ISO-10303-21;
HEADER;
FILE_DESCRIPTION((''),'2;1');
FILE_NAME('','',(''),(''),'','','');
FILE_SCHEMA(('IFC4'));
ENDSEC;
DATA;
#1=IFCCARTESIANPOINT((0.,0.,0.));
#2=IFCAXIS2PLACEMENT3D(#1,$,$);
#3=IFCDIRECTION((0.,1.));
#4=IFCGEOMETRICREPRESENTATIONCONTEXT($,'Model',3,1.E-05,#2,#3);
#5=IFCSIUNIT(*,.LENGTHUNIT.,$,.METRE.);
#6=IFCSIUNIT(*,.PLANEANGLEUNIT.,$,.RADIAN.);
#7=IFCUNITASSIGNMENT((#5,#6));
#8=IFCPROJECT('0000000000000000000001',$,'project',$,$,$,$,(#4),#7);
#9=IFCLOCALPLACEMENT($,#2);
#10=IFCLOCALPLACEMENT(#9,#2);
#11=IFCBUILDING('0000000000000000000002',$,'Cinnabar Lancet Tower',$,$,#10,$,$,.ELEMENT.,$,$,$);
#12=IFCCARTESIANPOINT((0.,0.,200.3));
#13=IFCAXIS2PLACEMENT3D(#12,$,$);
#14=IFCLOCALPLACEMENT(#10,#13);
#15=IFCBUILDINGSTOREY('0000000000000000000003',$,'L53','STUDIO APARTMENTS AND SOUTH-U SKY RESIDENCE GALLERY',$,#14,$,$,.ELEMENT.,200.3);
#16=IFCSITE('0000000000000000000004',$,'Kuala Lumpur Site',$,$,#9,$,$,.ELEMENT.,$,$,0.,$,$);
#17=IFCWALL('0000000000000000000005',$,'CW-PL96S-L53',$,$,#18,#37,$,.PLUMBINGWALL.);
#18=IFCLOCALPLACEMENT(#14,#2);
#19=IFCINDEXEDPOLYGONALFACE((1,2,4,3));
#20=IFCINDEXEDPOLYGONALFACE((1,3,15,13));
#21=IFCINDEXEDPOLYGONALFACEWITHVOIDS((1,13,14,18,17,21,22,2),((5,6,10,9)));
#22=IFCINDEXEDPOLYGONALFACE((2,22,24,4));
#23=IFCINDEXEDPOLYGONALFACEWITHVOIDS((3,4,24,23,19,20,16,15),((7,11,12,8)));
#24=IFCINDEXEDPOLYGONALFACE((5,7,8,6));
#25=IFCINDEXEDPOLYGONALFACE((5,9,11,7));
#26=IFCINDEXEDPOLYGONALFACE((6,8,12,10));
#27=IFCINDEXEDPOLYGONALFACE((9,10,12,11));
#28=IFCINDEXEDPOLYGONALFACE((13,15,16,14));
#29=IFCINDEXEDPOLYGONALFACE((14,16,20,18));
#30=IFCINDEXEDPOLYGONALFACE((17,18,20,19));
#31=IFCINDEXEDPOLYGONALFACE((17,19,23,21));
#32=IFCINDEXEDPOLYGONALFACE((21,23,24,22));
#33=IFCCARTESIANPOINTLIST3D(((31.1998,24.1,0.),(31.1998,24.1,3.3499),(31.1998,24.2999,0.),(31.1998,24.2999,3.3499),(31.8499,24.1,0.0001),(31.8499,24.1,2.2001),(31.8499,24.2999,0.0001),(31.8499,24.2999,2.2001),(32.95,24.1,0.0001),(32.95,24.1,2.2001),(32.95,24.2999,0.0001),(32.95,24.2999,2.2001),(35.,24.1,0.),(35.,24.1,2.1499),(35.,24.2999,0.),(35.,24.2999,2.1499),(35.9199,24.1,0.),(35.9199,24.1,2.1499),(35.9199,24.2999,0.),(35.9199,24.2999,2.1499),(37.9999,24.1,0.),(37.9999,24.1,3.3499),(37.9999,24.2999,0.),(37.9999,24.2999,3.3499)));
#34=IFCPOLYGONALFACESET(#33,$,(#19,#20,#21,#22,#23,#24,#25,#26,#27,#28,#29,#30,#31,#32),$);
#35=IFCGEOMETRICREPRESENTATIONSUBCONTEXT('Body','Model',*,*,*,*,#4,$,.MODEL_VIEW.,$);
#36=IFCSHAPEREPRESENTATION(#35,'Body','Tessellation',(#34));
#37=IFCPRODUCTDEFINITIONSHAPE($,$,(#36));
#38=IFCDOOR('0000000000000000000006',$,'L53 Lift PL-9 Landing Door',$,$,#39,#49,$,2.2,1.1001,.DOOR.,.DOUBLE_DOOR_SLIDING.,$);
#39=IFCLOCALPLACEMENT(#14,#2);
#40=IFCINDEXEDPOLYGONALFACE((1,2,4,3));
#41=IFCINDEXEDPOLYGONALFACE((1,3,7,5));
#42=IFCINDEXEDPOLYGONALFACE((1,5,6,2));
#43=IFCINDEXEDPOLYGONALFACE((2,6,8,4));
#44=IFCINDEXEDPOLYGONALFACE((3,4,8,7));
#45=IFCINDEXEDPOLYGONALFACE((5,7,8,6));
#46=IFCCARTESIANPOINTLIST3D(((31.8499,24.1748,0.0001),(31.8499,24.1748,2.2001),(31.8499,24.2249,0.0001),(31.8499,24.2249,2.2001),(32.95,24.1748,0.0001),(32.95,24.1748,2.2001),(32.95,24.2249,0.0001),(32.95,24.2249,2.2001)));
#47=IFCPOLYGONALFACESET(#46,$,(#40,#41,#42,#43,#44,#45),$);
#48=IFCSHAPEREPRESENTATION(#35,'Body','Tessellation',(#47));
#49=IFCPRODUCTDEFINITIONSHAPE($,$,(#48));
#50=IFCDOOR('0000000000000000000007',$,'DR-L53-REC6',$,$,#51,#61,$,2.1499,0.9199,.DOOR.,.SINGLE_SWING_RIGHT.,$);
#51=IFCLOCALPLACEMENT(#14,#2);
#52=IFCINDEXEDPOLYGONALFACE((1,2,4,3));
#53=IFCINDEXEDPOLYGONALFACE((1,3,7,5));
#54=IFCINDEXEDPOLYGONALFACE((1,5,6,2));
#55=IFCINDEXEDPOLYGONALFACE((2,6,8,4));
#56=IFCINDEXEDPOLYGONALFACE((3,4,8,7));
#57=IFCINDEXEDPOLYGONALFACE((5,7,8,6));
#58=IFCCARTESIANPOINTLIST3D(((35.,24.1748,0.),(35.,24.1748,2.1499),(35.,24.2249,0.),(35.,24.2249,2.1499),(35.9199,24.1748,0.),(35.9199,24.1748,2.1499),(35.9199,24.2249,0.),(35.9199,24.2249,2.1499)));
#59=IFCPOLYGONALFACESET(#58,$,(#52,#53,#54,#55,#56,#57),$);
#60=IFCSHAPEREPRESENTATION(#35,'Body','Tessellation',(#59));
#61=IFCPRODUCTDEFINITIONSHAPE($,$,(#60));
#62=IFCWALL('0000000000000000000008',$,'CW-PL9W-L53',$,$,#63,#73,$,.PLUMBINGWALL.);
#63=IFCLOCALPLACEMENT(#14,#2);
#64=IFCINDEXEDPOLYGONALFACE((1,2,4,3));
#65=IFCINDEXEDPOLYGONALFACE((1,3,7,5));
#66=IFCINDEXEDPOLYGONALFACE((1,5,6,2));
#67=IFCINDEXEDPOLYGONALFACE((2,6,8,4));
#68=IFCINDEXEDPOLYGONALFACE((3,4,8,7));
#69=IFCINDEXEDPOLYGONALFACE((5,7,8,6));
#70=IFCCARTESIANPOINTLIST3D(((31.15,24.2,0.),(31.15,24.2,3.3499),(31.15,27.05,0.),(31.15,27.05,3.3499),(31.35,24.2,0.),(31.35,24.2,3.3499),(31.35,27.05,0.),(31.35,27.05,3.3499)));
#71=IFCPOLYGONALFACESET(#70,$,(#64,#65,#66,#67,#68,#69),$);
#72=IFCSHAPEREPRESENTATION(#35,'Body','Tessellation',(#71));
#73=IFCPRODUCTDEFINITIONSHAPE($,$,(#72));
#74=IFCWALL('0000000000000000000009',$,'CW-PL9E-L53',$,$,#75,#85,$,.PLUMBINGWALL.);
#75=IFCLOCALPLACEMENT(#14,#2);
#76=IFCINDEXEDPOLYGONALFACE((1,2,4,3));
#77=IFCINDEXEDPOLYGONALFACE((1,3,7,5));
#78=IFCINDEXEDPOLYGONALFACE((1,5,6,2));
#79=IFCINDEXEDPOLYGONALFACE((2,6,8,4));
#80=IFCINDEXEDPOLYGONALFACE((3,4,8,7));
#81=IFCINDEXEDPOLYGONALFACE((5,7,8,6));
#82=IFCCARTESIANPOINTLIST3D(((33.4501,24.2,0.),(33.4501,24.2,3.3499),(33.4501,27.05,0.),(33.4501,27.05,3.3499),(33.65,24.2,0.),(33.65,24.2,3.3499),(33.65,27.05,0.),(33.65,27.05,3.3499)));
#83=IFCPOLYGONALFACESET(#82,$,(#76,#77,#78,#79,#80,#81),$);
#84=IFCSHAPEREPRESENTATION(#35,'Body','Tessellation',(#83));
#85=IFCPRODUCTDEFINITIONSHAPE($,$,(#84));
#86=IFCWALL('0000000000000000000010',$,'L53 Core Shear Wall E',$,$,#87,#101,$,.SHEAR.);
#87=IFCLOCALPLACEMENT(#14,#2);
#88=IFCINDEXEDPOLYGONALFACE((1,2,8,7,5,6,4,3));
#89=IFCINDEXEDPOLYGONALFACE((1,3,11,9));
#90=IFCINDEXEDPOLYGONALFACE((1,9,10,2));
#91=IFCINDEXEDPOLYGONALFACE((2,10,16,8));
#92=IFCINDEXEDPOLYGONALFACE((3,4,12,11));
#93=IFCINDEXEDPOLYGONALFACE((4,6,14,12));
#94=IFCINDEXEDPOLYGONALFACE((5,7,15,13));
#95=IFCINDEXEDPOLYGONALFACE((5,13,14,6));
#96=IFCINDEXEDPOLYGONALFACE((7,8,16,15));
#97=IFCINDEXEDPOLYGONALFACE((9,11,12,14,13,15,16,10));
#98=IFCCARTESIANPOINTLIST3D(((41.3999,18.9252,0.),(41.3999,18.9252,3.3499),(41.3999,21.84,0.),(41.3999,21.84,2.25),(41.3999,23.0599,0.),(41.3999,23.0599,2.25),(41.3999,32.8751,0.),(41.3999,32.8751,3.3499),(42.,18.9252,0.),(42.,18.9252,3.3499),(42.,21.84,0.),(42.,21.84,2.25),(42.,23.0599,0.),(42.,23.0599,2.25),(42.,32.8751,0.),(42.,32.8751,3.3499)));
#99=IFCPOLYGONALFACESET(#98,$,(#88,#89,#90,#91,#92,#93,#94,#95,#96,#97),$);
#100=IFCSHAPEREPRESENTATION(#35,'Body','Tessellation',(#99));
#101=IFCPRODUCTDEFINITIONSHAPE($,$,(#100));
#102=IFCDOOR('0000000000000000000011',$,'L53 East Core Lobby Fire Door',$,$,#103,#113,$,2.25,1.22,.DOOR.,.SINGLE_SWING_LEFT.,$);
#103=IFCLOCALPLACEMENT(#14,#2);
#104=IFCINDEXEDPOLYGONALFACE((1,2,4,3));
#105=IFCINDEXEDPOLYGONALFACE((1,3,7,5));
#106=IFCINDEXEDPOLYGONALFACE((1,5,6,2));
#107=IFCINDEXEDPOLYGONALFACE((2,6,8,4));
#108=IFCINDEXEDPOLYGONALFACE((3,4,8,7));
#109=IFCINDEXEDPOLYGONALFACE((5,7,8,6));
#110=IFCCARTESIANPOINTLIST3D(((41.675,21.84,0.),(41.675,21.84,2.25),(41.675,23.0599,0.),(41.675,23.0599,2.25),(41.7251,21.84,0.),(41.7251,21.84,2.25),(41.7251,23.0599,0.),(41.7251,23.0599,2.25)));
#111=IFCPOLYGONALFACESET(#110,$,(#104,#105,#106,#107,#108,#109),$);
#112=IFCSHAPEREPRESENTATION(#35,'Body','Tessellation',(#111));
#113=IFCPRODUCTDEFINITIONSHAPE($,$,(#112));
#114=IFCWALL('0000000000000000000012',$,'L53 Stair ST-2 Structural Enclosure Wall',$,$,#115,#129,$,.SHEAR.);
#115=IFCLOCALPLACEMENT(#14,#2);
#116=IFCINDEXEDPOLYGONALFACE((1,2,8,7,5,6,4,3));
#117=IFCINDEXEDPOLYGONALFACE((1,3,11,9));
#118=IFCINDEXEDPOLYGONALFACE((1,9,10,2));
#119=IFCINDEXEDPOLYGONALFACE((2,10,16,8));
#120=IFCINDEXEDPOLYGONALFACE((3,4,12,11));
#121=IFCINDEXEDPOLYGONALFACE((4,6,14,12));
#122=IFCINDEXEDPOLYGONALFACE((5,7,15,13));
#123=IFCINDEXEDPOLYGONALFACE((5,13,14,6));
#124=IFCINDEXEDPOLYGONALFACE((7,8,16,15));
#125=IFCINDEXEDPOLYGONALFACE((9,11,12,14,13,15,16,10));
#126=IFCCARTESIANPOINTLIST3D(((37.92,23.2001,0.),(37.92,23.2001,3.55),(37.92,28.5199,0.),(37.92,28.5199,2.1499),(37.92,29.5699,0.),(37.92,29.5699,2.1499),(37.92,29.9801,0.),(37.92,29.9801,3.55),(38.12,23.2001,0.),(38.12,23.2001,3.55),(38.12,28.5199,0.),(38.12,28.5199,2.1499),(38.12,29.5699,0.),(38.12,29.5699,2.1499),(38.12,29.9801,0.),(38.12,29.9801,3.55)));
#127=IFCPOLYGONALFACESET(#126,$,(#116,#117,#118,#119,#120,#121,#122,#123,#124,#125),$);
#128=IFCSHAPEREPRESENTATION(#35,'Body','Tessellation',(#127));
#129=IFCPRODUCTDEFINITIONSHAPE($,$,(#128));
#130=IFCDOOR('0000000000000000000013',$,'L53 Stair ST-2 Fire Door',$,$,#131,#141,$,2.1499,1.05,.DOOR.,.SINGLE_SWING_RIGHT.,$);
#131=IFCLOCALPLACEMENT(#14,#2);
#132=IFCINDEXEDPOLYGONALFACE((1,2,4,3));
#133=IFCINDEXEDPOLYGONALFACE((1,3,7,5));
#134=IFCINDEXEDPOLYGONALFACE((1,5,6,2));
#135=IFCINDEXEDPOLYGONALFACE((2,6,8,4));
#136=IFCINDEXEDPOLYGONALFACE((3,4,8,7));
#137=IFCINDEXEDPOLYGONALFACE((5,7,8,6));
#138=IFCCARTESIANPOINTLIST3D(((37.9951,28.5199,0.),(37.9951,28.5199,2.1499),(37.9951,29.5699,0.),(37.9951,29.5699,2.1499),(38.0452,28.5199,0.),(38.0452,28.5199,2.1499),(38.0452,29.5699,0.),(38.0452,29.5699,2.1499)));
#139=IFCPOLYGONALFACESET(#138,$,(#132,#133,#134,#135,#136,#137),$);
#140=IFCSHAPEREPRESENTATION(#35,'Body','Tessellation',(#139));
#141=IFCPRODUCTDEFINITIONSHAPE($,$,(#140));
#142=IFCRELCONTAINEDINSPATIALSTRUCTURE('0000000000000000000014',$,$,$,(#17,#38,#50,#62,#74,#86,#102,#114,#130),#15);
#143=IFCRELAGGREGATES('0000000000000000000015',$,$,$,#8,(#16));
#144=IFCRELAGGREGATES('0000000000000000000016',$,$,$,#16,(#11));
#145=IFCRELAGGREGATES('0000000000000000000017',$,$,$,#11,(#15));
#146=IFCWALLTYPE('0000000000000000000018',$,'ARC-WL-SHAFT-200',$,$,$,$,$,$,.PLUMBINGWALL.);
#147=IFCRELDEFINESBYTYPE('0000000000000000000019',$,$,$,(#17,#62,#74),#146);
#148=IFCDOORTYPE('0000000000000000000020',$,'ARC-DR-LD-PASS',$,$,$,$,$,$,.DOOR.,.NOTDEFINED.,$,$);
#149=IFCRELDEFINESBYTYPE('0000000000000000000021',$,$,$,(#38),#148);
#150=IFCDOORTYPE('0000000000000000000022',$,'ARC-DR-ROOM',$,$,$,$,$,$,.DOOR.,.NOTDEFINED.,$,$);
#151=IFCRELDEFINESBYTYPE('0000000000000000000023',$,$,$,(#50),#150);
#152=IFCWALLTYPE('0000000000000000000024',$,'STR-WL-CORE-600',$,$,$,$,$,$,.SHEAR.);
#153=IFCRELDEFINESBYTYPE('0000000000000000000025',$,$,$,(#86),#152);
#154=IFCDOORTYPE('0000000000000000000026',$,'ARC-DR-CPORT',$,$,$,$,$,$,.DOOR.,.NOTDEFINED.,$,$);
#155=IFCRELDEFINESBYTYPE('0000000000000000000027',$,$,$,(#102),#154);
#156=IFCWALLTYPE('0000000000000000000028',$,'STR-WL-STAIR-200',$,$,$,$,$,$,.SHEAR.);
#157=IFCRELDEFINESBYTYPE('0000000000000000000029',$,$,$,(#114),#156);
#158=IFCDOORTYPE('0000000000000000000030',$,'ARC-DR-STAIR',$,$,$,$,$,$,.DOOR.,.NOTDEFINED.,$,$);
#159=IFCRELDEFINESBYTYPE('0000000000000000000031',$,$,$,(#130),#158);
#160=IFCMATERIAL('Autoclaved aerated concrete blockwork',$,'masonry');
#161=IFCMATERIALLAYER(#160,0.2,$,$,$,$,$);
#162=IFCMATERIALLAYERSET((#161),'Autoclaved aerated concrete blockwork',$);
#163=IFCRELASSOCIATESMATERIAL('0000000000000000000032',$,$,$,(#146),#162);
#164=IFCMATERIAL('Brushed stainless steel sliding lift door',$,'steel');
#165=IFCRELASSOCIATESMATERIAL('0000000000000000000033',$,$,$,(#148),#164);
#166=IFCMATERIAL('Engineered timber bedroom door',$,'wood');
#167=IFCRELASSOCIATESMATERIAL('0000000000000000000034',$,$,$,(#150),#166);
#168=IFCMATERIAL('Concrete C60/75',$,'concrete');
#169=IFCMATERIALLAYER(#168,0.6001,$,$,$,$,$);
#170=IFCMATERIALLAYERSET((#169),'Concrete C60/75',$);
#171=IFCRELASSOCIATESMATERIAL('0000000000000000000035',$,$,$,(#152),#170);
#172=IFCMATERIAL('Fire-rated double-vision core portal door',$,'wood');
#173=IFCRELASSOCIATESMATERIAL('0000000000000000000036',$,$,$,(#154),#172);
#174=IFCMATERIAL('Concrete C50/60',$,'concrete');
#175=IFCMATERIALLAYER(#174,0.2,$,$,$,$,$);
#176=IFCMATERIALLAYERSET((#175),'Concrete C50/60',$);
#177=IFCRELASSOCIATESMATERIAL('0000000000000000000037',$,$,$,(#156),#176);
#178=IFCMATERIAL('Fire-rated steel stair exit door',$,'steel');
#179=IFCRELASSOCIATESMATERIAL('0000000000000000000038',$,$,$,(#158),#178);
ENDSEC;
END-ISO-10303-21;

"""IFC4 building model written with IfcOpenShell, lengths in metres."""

from ifc_helpers import new_model, si_unit, direction, frame, frame_2d, origin, place, context, subcontext, project, spatial, rectangle, extrude, material, layer, layer_set, type_object, element, fill, save


model = new_model("IFC4")

# Units and contexts
model_context = context("Model", 3, precision=1e-05, world=origin(), true_north=direction((0.0, 1.0)))
body_context = subcontext(model_context, "Body", "Model", "MODEL_VIEW")
ifc_project = project(units=[si_unit("LENGTHUNIT", "METRE"), si_unit("PLANEANGLEUNIT", "RADIAN")], contexts=[model_context])

# Site, building, storey
site_placement = place(None, origin())
site = spatial("IfcSite", under=ifc_project, at=site_placement, Name="Kuala Lumpur Site", CompositionType="ELEMENT", RefElevation=0.0)
building_placement = place(site_placement, origin())
building = spatial("IfcBuilding", under=site, at=building_placement, Name="Cinnabar Lancet Tower", CompositionType="ELEMENT")
storey_placement = place(building_placement, frame((0.0, 0.0, 200.3)))
storey = spatial("IfcBuildingStorey", under=building, at=storey_placement, Name="L53", Description="STUDIO APARTMENTS AND SOUTH-U SKY RESIDENCE GALLERY", CompositionType="ELEMENT", Elevation=200.3)

# Shared definitions
ifc_material_1 = material(Name="Autoclaved aerated concrete blockwork", Category="masonry")
ifc_layer_1 = layer(ifc_material_1, 0.2)
ifc_layer_set_1 = layer_set([ifc_layer_1], Name="Autoclaved aerated concrete blockwork")
wall_type_1 = type_object("IfcWallType", Name="ARC-WL-SHAFT-200", PredefinedType="PLUMBINGWALL", material=ifc_layer_set_1)

# Wall, openings, doors
wall_1_placement = place(storey_placement, frame((31.2, 24.2, 0.0), z_axis=(0.0, 0.0, 1.0), x_axis=(1.0, 0.0, 0.0)))
wall_1 = element("IfcWall", 1, at=wall_1_placement, inside=storey, type_object=wall_type_1, Name="CW-PL96S-L53", PredefinedType="PLUMBINGWALL", context=body_context, shape_type="SweptSolid", body=[
    extrude(rectangle(XDim=6.8, YDim=0.2, at=frame_2d((3.3999, 0.0))), origin(), (0.0, 0.0, 1.0), 3.3499),
])
opening_1_placement = place(wall_1_placement, frame((0.6499, 0.0, 0.0)))
opening_1 = element("IfcOpeningElement", 2, at=opening_1_placement, cuts=wall_1, PredefinedType="OPENING", context=body_context, shape_type="SweptSolid", body=[
    extrude(rectangle(XDim=1.1001, YDim=2.2, at=frame_2d((0.55, 1.1001))), frame((0.0, 0.1099, 0.0), z_axis=(0.0, -1.0, 0.0), x_axis=(1.0, 0.0, 0.0)), (0.0, 0.0, 1.0), 0.22),
])
opening_2_placement = place(wall_1_placement, frame((3.8, 0.0, 0.0)))
opening_2 = element("IfcOpeningElement", 3, at=opening_2_placement, cuts=wall_1, PredefinedType="OPENING", context=body_context, shape_type="SweptSolid", body=[
    extrude(rectangle(XDim=0.9199, YDim=2.1499, at=frame_2d((0.46, 1.075))), frame((0.0, 0.1099, 0.0), z_axis=(0.0, -1.0, 0.0), x_axis=(1.0, 0.0, 0.0)), (0.0, 0.0, 1.0), 0.22),
])
ifc_material_2 = material(Name="Brushed stainless steel sliding lift door", Category="steel")
door_type_1 = type_object("IfcDoorType", Name="ARC-DR-LD-PASS", OperationType="NOTDEFINED", PredefinedType="DOOR", material=ifc_material_2)
door_1_placement = place(opening_1_placement, origin())
door_1 = element("IfcDoor", 4, at=door_1_placement, inside=storey, type_object=door_type_1, Name="L53 Lift PL-9 Landing Door", OperationType="DOUBLE_DOOR_SLIDING", OverallHeight=2.2, OverallWidth=1.1001, PredefinedType="DOOR", context=body_context, shape_type="SweptSolid", body=[
    extrude(rectangle(XDim=1.1001, YDim=2.2, at=frame_2d((0.55, 1.1001))), frame((0.0, 0.0249, 0.0), z_axis=(0.0, -1.0, 0.0), x_axis=(1.0, 0.0, 0.0)), (0.0, 0.0, 1.0), 0.05),
])
fill(opening_1, door_1)
ifc_material_3 = material(Name="Engineered timber bedroom door", Category="wood")
door_type_2 = type_object("IfcDoorType", Name="ARC-DR-ROOM", OperationType="NOTDEFINED", PredefinedType="DOOR", material=ifc_material_3)
door_2_placement = place(opening_2_placement, origin())
door_2 = element("IfcDoor", 5, at=door_2_placement, inside=storey, type_object=door_type_2, Name="DR-L53-REC6", OperationType="SINGLE_SWING_RIGHT", OverallHeight=2.1499, OverallWidth=0.9199, PredefinedType="DOOR", context=body_context, shape_type="SweptSolid", body=[
    extrude(rectangle(XDim=0.9199, YDim=2.1499, at=frame_2d((0.46, 1.075))), frame((0.0, 0.0249, 0.0), z_axis=(0.0, -1.0, 0.0), x_axis=(1.0, 0.0, 0.0)), (0.0, 0.0, 1.0), 0.05),
])
fill(opening_2, door_2)

# Walls
for number, where, z_axis, x_axis, name in (
    (6, (31.25, 24.2, 0.0), (0.0, 0.0, 1.0), (0.0, 1.0, 0.0), "CW-PL9W-L53"),
    (7, (33.55, 24.2, 0.0), (0.0, 0.0, 1.0), (0.0, 1.0, 0.0), "CW-PL9E-L53"),
):
    element("IfcWall", number, at=place(storey_placement, frame(where, z_axis=z_axis, x_axis=x_axis)), inside=storey, type_object=wall_type_1, Name=name, PredefinedType="PLUMBINGWALL", context=body_context, shape_type="SweptSolid", body=[
        extrude(rectangle(XDim=2.8501, YDim=0.2, at=frame_2d((1.425, 0.0))), origin(), (0.0, 0.0, 1.0), 3.3499),
    ])

# Walls, openings, doors
ifc_material_4 = material(Name="Concrete C60/75", Category="concrete")
ifc_layer_2 = layer(ifc_material_4, 0.6001)
ifc_layer_set_2 = layer_set([ifc_layer_2], Name="Concrete C60/75")
wall_type_2 = type_object("IfcWallType", Name="STR-WL-CORE-600", PredefinedType="SHEAR", material=ifc_layer_set_2)
wall_2_placement = place(storey_placement, frame((41.7, 18.925, 0.0), z_axis=(0.0, 0.0, 1.0), x_axis=(0.0, 1.0, 0.0)))
wall_2 = element("IfcWall", 8, at=wall_2_placement, inside=storey, type_object=wall_type_2, Name="L53 Core Shear Wall E", PredefinedType="SHEAR", context=body_context, shape_type="SweptSolid", body=[
    extrude(rectangle(XDim=13.95, YDim=0.6001, at=frame_2d((6.9751, 0.0))), origin(), (0.0, 0.0, 1.0), 3.3499),
])
opening_3_placement = place(wall_2_placement, frame((2.915, 0.0, 0.0)))
opening_3 = element("IfcOpeningElement", 9, at=opening_3_placement, cuts=wall_2, PredefinedType="OPENING", context=body_context, shape_type="SweptSolid", body=[
    extrude(rectangle(XDim=1.22, YDim=2.25, at=frame_2d((0.6099, 1.125))), frame((0.0, 0.3101, 0.0), z_axis=(0.0, -1.0, 0.0), x_axis=(1.0, 0.0, 0.0)), (0.0, 0.0, 1.0), 0.6201),
])
ifc_material_5 = material(Name="Fire-rated double-vision core portal door", Category="wood")
door_type_3 = type_object("IfcDoorType", Name="ARC-DR-CPORT", OperationType="NOTDEFINED", PredefinedType="DOOR", material=ifc_material_5)
door_3_placement = place(opening_3_placement, origin())
door_3 = element("IfcDoor", 10, at=door_3_placement, inside=storey, type_object=door_type_3, Name="L53 East Core Lobby Fire Door", OperationType="SINGLE_SWING_LEFT", OverallHeight=2.25, OverallWidth=1.22, PredefinedType="DOOR", context=body_context, shape_type="SweptSolid", body=[
    extrude(rectangle(XDim=1.22, YDim=2.25, at=frame_2d((0.6099, 1.125))), frame((0.0, 0.0249, 0.0), z_axis=(0.0, -1.0, 0.0), x_axis=(1.0, 0.0, 0.0)), (0.0, 0.0, 1.0), 0.05),
])
fill(opening_3, door_3)
ifc_material_6 = material(Name="Concrete C50/60", Category="concrete")
ifc_layer_3 = layer(ifc_material_6, 0.2)
ifc_layer_set_3 = layer_set([ifc_layer_3], Name="Concrete C50/60")
wall_type_3 = type_object("IfcWallType", Name="STR-WL-STAIR-200", PredefinedType="SHEAR", material=ifc_layer_set_3)
wall_3_placement = place(storey_placement, frame((38.02, 23.2, 0.0), z_axis=(0.0, 0.0, 1.0), x_axis=(0.0, 1.0, 0.0)))
wall_3 = element("IfcWall", 11, at=wall_3_placement, inside=storey, type_object=wall_type_3, Name="L53 Stair ST-2 Structural Enclosure Wall", PredefinedType="SHEAR", context=body_context, shape_type="SweptSolid", body=[
    extrude(rectangle(XDim=6.78, YDim=0.2, at=frame_2d((3.3901, 0.0))), origin(), (0.0, 0.0, 1.0), 3.55),
])
opening_4_placement = place(wall_3_placement, frame((5.3201, 0.0, 0.0)))
opening_4 = element("IfcOpeningElement", 12, at=opening_4_placement, cuts=wall_3, PredefinedType="OPENING", context=body_context, shape_type="SweptSolid", body=[
    extrude(rectangle(XDim=1.05, YDim=2.1499, at=frame_2d((0.5249, 1.075))), frame((0.0, 0.1099, 0.0), z_axis=(0.0, -1.0, 0.0), x_axis=(1.0, 0.0, 0.0)), (0.0, 0.0, 1.0), 0.22),
])
ifc_material_7 = material(Name="Fire-rated steel stair exit door", Category="steel")
door_type_4 = type_object("IfcDoorType", Name="ARC-DR-STAIR", OperationType="NOTDEFINED", PredefinedType="DOOR", material=ifc_material_7)
door_4_placement = place(opening_4_placement, origin())
door_4 = element("IfcDoor", 13, at=door_4_placement, inside=storey, type_object=door_type_4, Name="L53 Stair ST-2 Fire Door", OperationType="SINGLE_SWING_RIGHT", OverallHeight=2.1499, OverallWidth=1.05, PredefinedType="DOOR", context=body_context, shape_type="SweptSolid", body=[
    extrude(rectangle(XDim=1.05, YDim=2.1499, at=frame_2d((0.5249, 1.075))), frame((0.0, 0.0249, 0.0), z_axis=(0.0, -1.0, 0.0), x_axis=(1.0, 0.0, 0.0)), (0.0, 0.0, 1.0), 0.05),
])
fill(opening_4, door_4)

save(model, "model.ifc")
